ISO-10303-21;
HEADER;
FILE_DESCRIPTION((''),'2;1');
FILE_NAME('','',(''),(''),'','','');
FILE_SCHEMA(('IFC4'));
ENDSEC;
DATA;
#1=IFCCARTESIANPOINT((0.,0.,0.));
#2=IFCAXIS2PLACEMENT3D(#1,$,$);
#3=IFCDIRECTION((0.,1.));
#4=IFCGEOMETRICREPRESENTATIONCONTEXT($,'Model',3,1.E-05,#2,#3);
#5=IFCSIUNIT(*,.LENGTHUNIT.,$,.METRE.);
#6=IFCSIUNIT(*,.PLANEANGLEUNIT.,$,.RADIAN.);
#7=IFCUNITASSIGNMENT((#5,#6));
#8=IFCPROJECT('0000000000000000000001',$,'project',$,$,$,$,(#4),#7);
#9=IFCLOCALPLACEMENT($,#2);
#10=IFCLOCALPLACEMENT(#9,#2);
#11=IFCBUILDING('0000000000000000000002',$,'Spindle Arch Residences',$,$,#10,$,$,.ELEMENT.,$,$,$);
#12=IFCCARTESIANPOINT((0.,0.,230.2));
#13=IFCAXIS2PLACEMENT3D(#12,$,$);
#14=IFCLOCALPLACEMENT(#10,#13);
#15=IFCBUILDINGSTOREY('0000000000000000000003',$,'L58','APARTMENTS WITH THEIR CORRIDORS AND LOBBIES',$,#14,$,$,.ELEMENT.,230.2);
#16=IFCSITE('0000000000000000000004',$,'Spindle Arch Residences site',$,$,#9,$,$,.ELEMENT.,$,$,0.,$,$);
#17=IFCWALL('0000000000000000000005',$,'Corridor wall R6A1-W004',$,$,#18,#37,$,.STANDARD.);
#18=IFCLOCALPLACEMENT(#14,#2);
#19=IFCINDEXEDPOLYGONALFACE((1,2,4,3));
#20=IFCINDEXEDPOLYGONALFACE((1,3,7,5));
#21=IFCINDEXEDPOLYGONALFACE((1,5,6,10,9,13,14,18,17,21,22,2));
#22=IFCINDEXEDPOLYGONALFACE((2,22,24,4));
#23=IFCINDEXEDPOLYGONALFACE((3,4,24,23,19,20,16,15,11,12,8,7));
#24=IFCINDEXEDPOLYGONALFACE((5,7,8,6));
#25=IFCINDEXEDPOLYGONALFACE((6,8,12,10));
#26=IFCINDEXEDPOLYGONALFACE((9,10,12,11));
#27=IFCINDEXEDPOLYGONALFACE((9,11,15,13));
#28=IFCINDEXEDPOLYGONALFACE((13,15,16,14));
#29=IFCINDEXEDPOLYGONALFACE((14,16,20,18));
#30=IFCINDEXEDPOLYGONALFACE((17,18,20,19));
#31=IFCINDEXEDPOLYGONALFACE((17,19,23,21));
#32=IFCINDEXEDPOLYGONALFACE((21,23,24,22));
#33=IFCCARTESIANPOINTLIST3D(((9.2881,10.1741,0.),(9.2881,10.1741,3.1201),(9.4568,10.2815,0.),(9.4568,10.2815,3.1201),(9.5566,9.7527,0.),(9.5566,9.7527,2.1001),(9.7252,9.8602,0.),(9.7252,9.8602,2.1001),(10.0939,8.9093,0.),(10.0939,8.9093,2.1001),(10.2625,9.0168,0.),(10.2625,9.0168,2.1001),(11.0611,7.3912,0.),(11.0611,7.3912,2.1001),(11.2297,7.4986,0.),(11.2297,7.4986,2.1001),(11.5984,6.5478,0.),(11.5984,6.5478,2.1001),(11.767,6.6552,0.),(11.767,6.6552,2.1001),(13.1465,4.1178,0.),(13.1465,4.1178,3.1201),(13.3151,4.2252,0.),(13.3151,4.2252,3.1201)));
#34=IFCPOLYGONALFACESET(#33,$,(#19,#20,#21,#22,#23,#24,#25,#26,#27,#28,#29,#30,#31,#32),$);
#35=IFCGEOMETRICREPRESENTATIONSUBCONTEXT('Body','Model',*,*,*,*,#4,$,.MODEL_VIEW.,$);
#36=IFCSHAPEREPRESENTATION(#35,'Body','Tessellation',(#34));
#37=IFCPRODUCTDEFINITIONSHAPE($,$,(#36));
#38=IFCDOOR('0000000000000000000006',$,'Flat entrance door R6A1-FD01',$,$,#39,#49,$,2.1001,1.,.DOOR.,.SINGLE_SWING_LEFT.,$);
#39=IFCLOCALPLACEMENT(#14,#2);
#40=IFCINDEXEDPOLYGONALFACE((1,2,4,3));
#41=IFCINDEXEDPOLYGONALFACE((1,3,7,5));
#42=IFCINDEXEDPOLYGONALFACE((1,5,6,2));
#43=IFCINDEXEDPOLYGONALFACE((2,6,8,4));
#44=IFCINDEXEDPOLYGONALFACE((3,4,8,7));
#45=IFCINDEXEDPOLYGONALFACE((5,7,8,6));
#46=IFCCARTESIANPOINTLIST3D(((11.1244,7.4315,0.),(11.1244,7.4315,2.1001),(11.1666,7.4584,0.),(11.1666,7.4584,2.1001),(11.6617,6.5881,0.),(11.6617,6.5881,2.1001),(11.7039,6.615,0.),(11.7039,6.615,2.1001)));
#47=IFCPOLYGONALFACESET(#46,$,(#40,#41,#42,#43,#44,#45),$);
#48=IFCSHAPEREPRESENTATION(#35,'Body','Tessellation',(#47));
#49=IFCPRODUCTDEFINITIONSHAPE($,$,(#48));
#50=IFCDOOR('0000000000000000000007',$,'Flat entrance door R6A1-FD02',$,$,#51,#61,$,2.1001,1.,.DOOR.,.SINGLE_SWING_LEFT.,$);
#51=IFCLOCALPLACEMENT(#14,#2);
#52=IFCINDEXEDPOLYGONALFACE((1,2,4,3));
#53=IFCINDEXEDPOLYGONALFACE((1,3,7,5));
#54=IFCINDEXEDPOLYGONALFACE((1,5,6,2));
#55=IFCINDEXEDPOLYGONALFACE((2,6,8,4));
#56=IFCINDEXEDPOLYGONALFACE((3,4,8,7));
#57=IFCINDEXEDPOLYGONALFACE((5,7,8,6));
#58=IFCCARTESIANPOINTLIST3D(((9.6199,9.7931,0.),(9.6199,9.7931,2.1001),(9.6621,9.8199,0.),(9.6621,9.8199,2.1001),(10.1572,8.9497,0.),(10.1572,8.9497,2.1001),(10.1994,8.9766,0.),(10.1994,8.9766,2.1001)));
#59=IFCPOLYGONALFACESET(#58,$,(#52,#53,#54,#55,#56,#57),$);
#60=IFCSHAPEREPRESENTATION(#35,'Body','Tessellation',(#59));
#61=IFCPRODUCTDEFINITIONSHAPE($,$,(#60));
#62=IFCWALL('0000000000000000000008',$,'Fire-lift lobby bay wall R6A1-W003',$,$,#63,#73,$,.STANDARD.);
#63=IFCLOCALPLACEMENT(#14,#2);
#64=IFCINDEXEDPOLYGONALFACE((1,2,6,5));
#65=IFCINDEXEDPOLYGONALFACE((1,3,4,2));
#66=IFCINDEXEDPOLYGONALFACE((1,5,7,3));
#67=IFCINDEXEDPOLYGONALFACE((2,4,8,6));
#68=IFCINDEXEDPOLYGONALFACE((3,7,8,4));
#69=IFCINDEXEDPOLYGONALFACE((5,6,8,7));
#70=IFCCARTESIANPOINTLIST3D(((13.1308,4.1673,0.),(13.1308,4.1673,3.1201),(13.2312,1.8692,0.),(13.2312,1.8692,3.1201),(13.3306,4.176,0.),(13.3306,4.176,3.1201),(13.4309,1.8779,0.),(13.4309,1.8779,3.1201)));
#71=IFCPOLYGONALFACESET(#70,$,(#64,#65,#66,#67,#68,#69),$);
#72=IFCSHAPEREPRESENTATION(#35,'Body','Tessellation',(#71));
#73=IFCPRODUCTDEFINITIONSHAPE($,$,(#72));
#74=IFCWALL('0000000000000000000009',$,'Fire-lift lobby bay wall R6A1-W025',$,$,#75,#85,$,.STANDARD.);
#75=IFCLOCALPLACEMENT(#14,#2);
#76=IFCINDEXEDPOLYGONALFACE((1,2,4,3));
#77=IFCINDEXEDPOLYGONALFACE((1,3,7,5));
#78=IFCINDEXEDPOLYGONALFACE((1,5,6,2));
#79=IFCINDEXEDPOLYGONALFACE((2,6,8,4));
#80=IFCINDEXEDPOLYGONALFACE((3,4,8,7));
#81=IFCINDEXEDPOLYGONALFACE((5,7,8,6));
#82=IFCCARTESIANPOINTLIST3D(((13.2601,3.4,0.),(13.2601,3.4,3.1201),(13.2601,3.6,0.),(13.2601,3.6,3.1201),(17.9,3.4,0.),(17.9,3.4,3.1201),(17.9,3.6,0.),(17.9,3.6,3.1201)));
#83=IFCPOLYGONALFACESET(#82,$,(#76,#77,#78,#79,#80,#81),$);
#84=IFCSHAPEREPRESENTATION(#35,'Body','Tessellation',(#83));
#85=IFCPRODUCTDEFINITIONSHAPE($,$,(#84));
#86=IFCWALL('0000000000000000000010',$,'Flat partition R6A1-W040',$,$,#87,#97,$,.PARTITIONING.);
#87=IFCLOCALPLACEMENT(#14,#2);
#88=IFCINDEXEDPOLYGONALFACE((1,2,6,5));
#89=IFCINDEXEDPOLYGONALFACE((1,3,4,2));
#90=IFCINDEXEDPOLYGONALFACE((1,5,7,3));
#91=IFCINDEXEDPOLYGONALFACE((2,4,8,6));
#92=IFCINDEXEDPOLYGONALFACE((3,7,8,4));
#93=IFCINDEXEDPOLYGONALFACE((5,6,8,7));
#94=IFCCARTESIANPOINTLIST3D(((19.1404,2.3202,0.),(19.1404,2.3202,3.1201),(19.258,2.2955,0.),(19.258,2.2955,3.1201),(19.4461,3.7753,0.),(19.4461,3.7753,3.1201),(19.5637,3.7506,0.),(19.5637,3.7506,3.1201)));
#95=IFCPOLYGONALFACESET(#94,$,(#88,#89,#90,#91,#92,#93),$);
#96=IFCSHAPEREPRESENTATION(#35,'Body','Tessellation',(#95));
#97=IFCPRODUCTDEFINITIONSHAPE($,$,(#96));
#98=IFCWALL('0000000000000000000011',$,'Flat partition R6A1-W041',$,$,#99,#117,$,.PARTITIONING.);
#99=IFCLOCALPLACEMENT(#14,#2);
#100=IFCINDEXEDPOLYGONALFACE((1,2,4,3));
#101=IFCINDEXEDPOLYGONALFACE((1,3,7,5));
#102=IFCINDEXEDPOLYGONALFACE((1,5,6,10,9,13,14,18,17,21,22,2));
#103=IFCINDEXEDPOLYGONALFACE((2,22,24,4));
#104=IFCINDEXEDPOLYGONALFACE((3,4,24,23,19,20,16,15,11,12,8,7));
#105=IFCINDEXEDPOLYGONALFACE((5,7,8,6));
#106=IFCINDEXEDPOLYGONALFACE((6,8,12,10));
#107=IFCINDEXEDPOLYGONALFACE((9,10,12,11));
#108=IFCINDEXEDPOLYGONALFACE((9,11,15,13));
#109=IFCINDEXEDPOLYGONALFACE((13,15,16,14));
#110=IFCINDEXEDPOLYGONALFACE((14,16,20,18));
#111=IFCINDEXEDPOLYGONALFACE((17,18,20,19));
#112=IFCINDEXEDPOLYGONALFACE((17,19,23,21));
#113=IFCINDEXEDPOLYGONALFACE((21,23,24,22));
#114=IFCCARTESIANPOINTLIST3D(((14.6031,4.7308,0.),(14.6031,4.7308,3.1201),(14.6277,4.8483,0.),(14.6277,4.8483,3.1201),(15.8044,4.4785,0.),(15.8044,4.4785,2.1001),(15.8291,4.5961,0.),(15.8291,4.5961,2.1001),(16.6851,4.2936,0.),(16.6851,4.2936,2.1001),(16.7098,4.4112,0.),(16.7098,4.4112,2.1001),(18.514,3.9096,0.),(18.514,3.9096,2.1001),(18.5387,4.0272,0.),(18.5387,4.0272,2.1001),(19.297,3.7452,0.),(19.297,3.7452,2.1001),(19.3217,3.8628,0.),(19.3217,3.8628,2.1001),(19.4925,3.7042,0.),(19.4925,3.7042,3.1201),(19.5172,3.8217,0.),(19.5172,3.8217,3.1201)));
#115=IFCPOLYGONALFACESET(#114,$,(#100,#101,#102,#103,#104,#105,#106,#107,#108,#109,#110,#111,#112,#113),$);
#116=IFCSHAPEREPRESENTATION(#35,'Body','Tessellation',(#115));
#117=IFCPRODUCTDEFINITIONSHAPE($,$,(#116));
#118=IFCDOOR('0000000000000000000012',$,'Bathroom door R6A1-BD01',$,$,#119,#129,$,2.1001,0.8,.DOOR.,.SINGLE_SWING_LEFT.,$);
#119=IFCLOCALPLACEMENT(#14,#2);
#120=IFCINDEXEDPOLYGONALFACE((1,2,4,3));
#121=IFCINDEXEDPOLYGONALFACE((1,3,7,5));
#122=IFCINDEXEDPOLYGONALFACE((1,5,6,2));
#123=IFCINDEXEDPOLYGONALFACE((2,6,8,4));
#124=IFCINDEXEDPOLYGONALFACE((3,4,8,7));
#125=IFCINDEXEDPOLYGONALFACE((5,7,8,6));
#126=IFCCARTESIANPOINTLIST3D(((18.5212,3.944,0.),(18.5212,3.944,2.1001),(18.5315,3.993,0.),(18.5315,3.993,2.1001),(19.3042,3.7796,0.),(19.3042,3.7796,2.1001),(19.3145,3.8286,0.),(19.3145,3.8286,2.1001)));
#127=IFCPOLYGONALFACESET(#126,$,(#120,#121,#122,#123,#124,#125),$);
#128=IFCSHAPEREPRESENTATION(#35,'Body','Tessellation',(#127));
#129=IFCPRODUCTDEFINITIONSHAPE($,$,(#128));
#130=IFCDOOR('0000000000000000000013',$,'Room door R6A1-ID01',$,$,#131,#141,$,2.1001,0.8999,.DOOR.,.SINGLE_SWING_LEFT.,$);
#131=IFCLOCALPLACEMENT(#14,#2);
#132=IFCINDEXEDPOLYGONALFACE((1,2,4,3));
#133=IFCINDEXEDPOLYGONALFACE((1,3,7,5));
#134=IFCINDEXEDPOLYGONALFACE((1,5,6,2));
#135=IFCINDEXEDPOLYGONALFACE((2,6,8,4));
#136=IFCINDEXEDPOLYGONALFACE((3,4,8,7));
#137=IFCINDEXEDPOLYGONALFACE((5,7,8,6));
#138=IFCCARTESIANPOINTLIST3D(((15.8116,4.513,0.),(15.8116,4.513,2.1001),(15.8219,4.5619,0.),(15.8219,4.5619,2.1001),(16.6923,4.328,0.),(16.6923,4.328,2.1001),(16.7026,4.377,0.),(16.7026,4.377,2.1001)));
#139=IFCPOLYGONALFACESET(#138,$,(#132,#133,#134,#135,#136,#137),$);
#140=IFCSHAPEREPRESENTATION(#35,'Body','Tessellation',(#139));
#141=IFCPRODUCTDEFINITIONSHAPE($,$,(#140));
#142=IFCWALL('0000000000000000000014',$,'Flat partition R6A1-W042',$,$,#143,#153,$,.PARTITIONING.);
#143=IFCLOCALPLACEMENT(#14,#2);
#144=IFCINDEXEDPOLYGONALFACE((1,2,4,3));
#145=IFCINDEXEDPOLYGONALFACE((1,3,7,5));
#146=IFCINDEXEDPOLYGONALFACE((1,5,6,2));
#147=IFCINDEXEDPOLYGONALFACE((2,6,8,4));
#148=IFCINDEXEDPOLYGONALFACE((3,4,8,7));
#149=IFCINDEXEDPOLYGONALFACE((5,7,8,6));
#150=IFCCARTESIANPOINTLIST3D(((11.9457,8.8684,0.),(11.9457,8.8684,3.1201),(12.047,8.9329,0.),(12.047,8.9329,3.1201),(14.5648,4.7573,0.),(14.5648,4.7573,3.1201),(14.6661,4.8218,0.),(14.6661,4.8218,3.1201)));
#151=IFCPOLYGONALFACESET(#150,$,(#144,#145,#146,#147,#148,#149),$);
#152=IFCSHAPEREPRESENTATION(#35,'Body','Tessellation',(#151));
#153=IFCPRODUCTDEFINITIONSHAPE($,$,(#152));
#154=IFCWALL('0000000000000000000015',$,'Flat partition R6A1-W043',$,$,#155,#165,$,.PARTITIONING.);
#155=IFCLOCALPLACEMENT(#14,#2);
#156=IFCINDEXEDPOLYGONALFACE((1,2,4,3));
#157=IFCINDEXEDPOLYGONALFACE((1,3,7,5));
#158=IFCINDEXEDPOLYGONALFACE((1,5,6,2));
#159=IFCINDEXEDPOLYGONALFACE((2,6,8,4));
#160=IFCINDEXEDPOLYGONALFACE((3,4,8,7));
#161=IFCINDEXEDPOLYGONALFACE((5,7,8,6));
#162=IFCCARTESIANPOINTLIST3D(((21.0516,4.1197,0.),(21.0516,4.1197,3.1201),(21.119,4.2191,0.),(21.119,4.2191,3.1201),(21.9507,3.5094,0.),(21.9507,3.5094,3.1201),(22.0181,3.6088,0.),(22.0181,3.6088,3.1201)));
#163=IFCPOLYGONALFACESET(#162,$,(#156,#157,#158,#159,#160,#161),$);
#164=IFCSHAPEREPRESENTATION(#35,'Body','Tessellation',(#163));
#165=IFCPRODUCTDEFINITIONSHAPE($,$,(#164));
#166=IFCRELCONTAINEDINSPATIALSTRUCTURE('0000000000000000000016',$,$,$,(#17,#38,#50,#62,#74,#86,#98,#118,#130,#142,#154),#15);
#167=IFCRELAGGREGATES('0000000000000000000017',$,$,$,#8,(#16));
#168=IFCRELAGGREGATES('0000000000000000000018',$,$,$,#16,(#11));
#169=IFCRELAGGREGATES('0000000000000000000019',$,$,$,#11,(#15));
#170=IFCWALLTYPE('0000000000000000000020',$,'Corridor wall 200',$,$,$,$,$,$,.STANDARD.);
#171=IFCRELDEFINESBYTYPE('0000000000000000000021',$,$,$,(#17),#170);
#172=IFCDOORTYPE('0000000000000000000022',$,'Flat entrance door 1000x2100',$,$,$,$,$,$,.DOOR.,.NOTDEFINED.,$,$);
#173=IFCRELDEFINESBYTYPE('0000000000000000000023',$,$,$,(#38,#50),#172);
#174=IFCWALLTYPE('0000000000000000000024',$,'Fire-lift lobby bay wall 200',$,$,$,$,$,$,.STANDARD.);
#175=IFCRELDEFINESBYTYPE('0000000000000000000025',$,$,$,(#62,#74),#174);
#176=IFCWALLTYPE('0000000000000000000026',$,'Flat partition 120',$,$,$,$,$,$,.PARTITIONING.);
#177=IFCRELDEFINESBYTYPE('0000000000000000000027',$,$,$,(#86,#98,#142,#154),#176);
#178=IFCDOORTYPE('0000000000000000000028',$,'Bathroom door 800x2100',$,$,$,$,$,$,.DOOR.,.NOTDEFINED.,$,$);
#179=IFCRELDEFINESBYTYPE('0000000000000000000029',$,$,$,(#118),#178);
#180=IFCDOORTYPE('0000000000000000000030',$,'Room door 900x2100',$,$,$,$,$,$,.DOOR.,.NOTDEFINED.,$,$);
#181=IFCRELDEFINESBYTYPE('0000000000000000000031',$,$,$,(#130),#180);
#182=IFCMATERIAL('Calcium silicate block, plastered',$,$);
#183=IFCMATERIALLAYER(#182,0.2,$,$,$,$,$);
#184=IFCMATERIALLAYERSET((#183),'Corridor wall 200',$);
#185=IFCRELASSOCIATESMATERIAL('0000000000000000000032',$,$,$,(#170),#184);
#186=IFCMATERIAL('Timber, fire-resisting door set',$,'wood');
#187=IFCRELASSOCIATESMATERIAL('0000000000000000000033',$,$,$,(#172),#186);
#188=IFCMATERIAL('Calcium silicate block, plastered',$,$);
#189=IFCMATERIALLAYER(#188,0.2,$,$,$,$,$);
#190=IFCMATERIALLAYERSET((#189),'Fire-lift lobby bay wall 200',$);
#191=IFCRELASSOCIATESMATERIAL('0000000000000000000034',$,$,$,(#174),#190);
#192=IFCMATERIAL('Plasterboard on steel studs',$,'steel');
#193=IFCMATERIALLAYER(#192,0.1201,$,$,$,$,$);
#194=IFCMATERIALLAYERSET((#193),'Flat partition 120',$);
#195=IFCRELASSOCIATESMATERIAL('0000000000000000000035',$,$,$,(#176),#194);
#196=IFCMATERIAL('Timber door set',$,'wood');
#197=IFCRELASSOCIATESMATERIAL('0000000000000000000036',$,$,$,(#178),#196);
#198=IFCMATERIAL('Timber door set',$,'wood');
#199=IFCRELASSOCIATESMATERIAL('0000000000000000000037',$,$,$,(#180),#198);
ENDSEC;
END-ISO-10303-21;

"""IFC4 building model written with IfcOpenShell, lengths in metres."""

from ifc_helpers import new_model, si_unit, direction, frame, frame_2d, origin, place, context, subcontext, project, spatial, rectangle, extrude, material, layer, layer_set, type_object, element, fill, save


model = new_model("IFC4")

# Units and contexts
model_context = context("Model", 3, precision=1e-05, world=origin(), true_north=direction((0.0, 1.0)))
body_context = subcontext(model_context, "Body", "Model", "MODEL_VIEW")
ifc_project = project(units=[si_unit("LENGTHUNIT", "METRE"), si_unit("PLANEANGLEUNIT", "RADIAN")], contexts=[model_context])

# Site, building, storey
site_placement = place(None, origin())
site = spatial("IfcSite", under=ifc_project, at=site_placement, Name="Spindle Arch Residences site", CompositionType="ELEMENT", RefElevation=0.0)
building_placement = place(site_placement, origin())
building = spatial("IfcBuilding", under=site, at=building_placement, Name="Spindle Arch Residences", CompositionType="ELEMENT")
storey_placement = place(building_placement, frame((0.0, 0.0, 230.2)))
storey = spatial("IfcBuildingStorey", under=building, at=storey_placement, Name="L58", Description="APARTMENTS WITH THEIR CORRIDORS AND LOBBIES", CompositionType="ELEMENT", Elevation=230.2)

# Wall, openings, doors
ifc_material_1 = material(Name="Calcium silicate block, plastered")
ifc_layer_1 = layer(ifc_material_1, 0.2)
ifc_layer_set_1 = layer_set([ifc_layer_1], Name="Corridor wall 200")
wall_type_1 = type_object("IfcWallType", Name="Corridor wall 200", PredefinedType="STANDARD", material=ifc_layer_set_1)
wall_1_placement = place(storey_placement, frame((13.2307, 4.1716, 0.0), z_axis=(0.0, 0.0, 1.0), x_axis=(-0.537304, 0.843388, 0.0)))
wall_1 = element("IfcWall", 1, at=wall_1_placement, inside=storey, type_object=wall_type_1, Name="Corridor wall R6A1-W004", PredefinedType="STANDARD", context=body_context, shape_type="SweptSolid", body=[
    extrude(rectangle(XDim=7.1809, YDim=0.2, at=frame_2d((3.5903, 0.0))), origin(), (0.0, 0.0, 1.0), 3.1201),
])
opening_1_placement = place(wall_1_placement, frame((2.8811, 0.0, 0.0)))
opening_1 = element("IfcOpeningElement", 2, at=opening_1_placement, cuts=wall_1, PredefinedType="OPENING", context=body_context, shape_type="SweptSolid", body=[
    extrude(rectangle(XDim=1.0, YDim=2.1001, at=frame_2d((0.5, 1.05))), frame((0.0, 0.1099, 0.0), z_axis=(0.0, -1.0, 0.0), x_axis=(1.0, 0.0, 0.0)), (0.0, 0.0, 1.0), 0.22),
])
opening_2_placement = place(wall_1_placement, frame((5.6812, 0.0, 0.0)))
opening_2 = element("IfcOpeningElement", 3, at=opening_2_placement, cuts=wall_1, PredefinedType="OPENING", context=body_context, shape_type="SweptSolid", body=[
    extrude(rectangle(XDim=1.0, YDim=2.1001, at=frame_2d((0.5, 1.05))), frame((0.0, 0.1099, 0.0), z_axis=(0.0, -1.0, 0.0), x_axis=(1.0, 0.0, 0.0)), (0.0, 0.0, 1.0), 0.22),
])
ifc_material_2 = material(Name="Timber, fire-resisting door set", Category="wood")
door_type_1 = type_object("IfcDoorType", Name="Flat entrance door 1000x2100", OperationType="NOTDEFINED", PredefinedType="DOOR", material=ifc_material_2)
door_1_placement = place(opening_1_placement, origin())
door_1 = element("IfcDoor", 4, at=door_1_placement, inside=storey, type_object=door_type_1, Name="Flat entrance door R6A1-FD01", OperationType="SINGLE_SWING_LEFT", OverallHeight=2.1001, OverallWidth=1.0, PredefinedType="DOOR", context=body_context, shape_type="SweptSolid", body=[
    extrude(rectangle(XDim=1.0, YDim=2.1001, at=frame_2d((0.5, 1.05))), frame((0.0, 0.0249, 0.0), z_axis=(0.0, -1.0, 0.0), x_axis=(1.0, 0.0, 0.0)), (0.0, 0.0, 1.0), 0.05),
])
fill(opening_1, door_1)
door_2_placement = place(opening_2_placement, origin())
door_2 = element("IfcDoor", 5, at=door_2_placement, inside=storey, type_object=door_type_1, Name="Flat entrance door R6A1-FD02", OperationType="SINGLE_SWING_LEFT", OverallHeight=2.1001, OverallWidth=1.0, PredefinedType="DOOR", context=body_context, shape_type="SweptSolid", body=[
    extrude(rectangle(XDim=1.0, YDim=2.1001, at=frame_2d((0.5, 1.05))), frame((0.0, 0.0249, 0.0), z_axis=(0.0, -1.0, 0.0), x_axis=(1.0, 0.0, 0.0)), (0.0, 0.0, 1.0), 0.05),
])
fill(opening_2, door_2)

# Walls
ifc_material_3 = material(Name="Calcium silicate block, plastered")
ifc_layer_2 = layer(ifc_material_3, 0.2)
ifc_layer_set_2 = layer_set([ifc_layer_2], Name="Fire-lift lobby bay wall 200")
wall_type_2 = type_object("IfcWallType", Name="Fire-lift lobby bay wall 200", PredefinedType="STANDARD", material=ifc_layer_set_2)
wall_2_placement = place(storey_placement, frame((13.3311, 1.8735, 0.0), z_axis=(0.0, 0.0, 1.0), x_axis=(-0.043621, 0.999048, 0.0)))
element("IfcWall", 6, at=wall_2_placement, inside=storey, type_object=wall_type_2, Name="Fire-lift lobby bay wall R6A1-W003", PredefinedType="STANDARD", context=body_context, shape_type="SweptSolid", body=[
    extrude(rectangle(XDim=2.3003, YDim=0.2, at=frame_2d((1.1501, 0.0))), origin(), (0.0, 0.0, 1.0), 3.1201),
])
wall_3_placement = place(storey_placement, frame((17.8999, 3.5, 0.0), z_axis=(0.0, 0.0, 1.0), x_axis=(-1.0, 0.0, 0.0)))
element("IfcWall", 7, at=wall_3_placement, inside=storey, type_object=wall_type_2, Name="Fire-lift lobby bay wall R6A1-W025", PredefinedType="STANDARD", context=body_context, shape_type="SweptSolid", body=[
    extrude(rectangle(XDim=4.6399, YDim=0.2, at=frame_2d((2.3198, 0.0))), origin(), (0.0, 0.0, 1.0), 3.1201),
])
ifc_material_4 = material(Name="Plasterboard on steel studs", Category="steel")
ifc_layer_3 = layer(ifc_material_4, 0.1201)
ifc_layer_set_3 = layer_set([ifc_layer_3], Name="Flat partition 120")
wall_type_3 = type_object("IfcWallType", Name="Flat partition 120", PredefinedType="PARTITIONING", material=ifc_layer_set_3)
wall_4_placement = place(storey_placement, frame((19.1992, 2.3079, 0.0), z_axis=(0.0, 0.0, 1.0), x_axis=(0.20558, 0.97864, 0.0)))
element("IfcWall", 8, at=wall_4_placement, inside=storey, type_object=wall_type_3, Name="Flat partition R6A1-W040", PredefinedType="PARTITIONING", context=body_context, shape_type="SweptSolid", body=[
    extrude(rectangle(XDim=1.4868, YDim=0.1201, at=frame_2d((0.7434, 0.0))), origin(), (0.0, 0.0, 1.0), 3.1201),
])

# Wall, openings, doors
wall_5_placement = place(storey_placement, frame((19.5049, 3.7629, 0.0), z_axis=(0.0, 0.0, 1.0), x_axis=(-0.97866, 0.205486, 0.0)))
wall_5 = element("IfcWall", 9, at=wall_5_placement, inside=storey, type_object=wall_type_3, Name="Flat partition R6A1-W041", PredefinedType="PARTITIONING", context=body_context, shape_type="SweptSolid", body=[
    extrude(rectangle(XDim=4.9961, YDim=0.1201, at=frame_2d((2.498, 0.0))), origin(), (0.0, 0.0, 1.0), 3.1201),
])
opening_3_placement = place(wall_5_placement, frame((0.2, 0.0, 0.0)))
opening_3 = element("IfcOpeningElement", 10, at=opening_3_placement, cuts=wall_5, PredefinedType="OPENING", context=body_context, shape_type="SweptSolid", body=[
    extrude(rectangle(XDim=0.8, YDim=2.1001, at=frame_2d((0.3999, 1.05))), frame((0.0, 0.0701, 0.0), z_axis=(0.0, -1.0, 0.0), x_axis=(1.0, 0.0, 0.0)), (0.0, 0.0, 1.0), 0.1401),
])
opening_4_placement = place(wall_5_placement, frame((2.8687, 0.0, 0.0)))
opening_4 = element("IfcOpeningElement", 11, at=opening_4_placement, cuts=wall_5, PredefinedType="OPENING", context=body_context, shape_type="SweptSolid", body=[
    extrude(rectangle(XDim=0.8999, YDim=2.1001, at=frame_2d((0.45, 1.05))), frame((0.0, 0.0701, 0.0), z_axis=(0.0, -1.0, 0.0), x_axis=(1.0, 0.0, 0.0)), (0.0, 0.0, 1.0), 0.1401),
])
ifc_material_5 = material(Name="Timber door set", Category="wood")
door_type_2 = type_object("IfcDoorType", Name="Bathroom door 800x2100", OperationType="NOTDEFINED", PredefinedType="DOOR", material=ifc_material_5)
door_3_placement = place(opening_3_placement, origin())
door_3 = element("IfcDoor", 12, at=door_3_placement, inside=storey, type_object=door_type_2, Name="Bathroom door R6A1-BD01", OperationType="SINGLE_SWING_LEFT", OverallHeight=2.1001, OverallWidth=0.8, PredefinedType="DOOR", context=body_context, shape_type="SweptSolid", body=[
    extrude(rectangle(XDim=0.8, YDim=2.1001, at=frame_2d((0.3999, 1.05))), frame((0.0, 0.0249, 0.0), z_axis=(0.0, -1.0, 0.0), x_axis=(1.0, 0.0, 0.0)), (0.0, 0.0, 1.0), 0.05),
])
fill(opening_3, door_3)
ifc_material_6 = material(Name="Timber door set", Category="wood")
door_type_3 = type_object("IfcDoorType", Name="Room door 900x2100", OperationType="NOTDEFINED", PredefinedType="DOOR", material=ifc_material_6)
door_4_placement = place(opening_4_placement, origin())
door_4 = element("IfcDoor", 13, at=door_4_placement, inside=storey, type_object=door_type_3, Name="Room door R6A1-ID01", OperationType="SINGLE_SWING_LEFT", OverallHeight=2.1001, OverallWidth=0.8999, PredefinedType="DOOR", context=body_context, shape_type="SweptSolid", body=[
    extrude(rectangle(XDim=0.8999, YDim=2.1001, at=frame_2d((0.45, 1.05))), frame((0.0, 0.0249, 0.0), z_axis=(0.0, -1.0, 0.0), x_axis=(1.0, 0.0, 0.0)), (0.0, 0.0, 1.0), 0.05),
])
fill(opening_4, door_4)

# Walls
wall_6_placement = place(storey_placement, frame((14.6155, 4.7896, 0.0), z_axis=(0.0, 0.0, 1.0), x_axis=(-0.537313, 0.843383, 0.0)))
element("IfcWall", 14, at=wall_6_placement, inside=storey, type_object=wall_type_3, Name="Flat partition R6A1-W042", PredefinedType="PARTITIONING", context=body_context, shape_type="SweptSolid", body=[
    extrude(rectangle(XDim=4.8745, YDim=0.1201, at=frame_2d((2.4373, 0.0))), origin(), (0.0, 0.0, 1.0), 3.1201),
])
wall_7_placement = place(storey_placement, frame((21.0852, 4.1694, 0.0), z_axis=(0.0, 0.0, 1.0), x_axis=(0.82739, -0.561628, 0.0)))
element("IfcWall", 15, at=wall_7_placement, inside=storey, type_object=wall_type_3, Name="Flat partition R6A1-W043", PredefinedType="PARTITIONING", context=body_context, shape_type="SweptSolid", body=[
    extrude(rectangle(XDim=1.0867, YDim=0.1201, at=frame_2d((0.5435, 0.0))), origin(), (0.0, 0.0, 1.0), 3.1201),
])

save(model, "model.ifc")
